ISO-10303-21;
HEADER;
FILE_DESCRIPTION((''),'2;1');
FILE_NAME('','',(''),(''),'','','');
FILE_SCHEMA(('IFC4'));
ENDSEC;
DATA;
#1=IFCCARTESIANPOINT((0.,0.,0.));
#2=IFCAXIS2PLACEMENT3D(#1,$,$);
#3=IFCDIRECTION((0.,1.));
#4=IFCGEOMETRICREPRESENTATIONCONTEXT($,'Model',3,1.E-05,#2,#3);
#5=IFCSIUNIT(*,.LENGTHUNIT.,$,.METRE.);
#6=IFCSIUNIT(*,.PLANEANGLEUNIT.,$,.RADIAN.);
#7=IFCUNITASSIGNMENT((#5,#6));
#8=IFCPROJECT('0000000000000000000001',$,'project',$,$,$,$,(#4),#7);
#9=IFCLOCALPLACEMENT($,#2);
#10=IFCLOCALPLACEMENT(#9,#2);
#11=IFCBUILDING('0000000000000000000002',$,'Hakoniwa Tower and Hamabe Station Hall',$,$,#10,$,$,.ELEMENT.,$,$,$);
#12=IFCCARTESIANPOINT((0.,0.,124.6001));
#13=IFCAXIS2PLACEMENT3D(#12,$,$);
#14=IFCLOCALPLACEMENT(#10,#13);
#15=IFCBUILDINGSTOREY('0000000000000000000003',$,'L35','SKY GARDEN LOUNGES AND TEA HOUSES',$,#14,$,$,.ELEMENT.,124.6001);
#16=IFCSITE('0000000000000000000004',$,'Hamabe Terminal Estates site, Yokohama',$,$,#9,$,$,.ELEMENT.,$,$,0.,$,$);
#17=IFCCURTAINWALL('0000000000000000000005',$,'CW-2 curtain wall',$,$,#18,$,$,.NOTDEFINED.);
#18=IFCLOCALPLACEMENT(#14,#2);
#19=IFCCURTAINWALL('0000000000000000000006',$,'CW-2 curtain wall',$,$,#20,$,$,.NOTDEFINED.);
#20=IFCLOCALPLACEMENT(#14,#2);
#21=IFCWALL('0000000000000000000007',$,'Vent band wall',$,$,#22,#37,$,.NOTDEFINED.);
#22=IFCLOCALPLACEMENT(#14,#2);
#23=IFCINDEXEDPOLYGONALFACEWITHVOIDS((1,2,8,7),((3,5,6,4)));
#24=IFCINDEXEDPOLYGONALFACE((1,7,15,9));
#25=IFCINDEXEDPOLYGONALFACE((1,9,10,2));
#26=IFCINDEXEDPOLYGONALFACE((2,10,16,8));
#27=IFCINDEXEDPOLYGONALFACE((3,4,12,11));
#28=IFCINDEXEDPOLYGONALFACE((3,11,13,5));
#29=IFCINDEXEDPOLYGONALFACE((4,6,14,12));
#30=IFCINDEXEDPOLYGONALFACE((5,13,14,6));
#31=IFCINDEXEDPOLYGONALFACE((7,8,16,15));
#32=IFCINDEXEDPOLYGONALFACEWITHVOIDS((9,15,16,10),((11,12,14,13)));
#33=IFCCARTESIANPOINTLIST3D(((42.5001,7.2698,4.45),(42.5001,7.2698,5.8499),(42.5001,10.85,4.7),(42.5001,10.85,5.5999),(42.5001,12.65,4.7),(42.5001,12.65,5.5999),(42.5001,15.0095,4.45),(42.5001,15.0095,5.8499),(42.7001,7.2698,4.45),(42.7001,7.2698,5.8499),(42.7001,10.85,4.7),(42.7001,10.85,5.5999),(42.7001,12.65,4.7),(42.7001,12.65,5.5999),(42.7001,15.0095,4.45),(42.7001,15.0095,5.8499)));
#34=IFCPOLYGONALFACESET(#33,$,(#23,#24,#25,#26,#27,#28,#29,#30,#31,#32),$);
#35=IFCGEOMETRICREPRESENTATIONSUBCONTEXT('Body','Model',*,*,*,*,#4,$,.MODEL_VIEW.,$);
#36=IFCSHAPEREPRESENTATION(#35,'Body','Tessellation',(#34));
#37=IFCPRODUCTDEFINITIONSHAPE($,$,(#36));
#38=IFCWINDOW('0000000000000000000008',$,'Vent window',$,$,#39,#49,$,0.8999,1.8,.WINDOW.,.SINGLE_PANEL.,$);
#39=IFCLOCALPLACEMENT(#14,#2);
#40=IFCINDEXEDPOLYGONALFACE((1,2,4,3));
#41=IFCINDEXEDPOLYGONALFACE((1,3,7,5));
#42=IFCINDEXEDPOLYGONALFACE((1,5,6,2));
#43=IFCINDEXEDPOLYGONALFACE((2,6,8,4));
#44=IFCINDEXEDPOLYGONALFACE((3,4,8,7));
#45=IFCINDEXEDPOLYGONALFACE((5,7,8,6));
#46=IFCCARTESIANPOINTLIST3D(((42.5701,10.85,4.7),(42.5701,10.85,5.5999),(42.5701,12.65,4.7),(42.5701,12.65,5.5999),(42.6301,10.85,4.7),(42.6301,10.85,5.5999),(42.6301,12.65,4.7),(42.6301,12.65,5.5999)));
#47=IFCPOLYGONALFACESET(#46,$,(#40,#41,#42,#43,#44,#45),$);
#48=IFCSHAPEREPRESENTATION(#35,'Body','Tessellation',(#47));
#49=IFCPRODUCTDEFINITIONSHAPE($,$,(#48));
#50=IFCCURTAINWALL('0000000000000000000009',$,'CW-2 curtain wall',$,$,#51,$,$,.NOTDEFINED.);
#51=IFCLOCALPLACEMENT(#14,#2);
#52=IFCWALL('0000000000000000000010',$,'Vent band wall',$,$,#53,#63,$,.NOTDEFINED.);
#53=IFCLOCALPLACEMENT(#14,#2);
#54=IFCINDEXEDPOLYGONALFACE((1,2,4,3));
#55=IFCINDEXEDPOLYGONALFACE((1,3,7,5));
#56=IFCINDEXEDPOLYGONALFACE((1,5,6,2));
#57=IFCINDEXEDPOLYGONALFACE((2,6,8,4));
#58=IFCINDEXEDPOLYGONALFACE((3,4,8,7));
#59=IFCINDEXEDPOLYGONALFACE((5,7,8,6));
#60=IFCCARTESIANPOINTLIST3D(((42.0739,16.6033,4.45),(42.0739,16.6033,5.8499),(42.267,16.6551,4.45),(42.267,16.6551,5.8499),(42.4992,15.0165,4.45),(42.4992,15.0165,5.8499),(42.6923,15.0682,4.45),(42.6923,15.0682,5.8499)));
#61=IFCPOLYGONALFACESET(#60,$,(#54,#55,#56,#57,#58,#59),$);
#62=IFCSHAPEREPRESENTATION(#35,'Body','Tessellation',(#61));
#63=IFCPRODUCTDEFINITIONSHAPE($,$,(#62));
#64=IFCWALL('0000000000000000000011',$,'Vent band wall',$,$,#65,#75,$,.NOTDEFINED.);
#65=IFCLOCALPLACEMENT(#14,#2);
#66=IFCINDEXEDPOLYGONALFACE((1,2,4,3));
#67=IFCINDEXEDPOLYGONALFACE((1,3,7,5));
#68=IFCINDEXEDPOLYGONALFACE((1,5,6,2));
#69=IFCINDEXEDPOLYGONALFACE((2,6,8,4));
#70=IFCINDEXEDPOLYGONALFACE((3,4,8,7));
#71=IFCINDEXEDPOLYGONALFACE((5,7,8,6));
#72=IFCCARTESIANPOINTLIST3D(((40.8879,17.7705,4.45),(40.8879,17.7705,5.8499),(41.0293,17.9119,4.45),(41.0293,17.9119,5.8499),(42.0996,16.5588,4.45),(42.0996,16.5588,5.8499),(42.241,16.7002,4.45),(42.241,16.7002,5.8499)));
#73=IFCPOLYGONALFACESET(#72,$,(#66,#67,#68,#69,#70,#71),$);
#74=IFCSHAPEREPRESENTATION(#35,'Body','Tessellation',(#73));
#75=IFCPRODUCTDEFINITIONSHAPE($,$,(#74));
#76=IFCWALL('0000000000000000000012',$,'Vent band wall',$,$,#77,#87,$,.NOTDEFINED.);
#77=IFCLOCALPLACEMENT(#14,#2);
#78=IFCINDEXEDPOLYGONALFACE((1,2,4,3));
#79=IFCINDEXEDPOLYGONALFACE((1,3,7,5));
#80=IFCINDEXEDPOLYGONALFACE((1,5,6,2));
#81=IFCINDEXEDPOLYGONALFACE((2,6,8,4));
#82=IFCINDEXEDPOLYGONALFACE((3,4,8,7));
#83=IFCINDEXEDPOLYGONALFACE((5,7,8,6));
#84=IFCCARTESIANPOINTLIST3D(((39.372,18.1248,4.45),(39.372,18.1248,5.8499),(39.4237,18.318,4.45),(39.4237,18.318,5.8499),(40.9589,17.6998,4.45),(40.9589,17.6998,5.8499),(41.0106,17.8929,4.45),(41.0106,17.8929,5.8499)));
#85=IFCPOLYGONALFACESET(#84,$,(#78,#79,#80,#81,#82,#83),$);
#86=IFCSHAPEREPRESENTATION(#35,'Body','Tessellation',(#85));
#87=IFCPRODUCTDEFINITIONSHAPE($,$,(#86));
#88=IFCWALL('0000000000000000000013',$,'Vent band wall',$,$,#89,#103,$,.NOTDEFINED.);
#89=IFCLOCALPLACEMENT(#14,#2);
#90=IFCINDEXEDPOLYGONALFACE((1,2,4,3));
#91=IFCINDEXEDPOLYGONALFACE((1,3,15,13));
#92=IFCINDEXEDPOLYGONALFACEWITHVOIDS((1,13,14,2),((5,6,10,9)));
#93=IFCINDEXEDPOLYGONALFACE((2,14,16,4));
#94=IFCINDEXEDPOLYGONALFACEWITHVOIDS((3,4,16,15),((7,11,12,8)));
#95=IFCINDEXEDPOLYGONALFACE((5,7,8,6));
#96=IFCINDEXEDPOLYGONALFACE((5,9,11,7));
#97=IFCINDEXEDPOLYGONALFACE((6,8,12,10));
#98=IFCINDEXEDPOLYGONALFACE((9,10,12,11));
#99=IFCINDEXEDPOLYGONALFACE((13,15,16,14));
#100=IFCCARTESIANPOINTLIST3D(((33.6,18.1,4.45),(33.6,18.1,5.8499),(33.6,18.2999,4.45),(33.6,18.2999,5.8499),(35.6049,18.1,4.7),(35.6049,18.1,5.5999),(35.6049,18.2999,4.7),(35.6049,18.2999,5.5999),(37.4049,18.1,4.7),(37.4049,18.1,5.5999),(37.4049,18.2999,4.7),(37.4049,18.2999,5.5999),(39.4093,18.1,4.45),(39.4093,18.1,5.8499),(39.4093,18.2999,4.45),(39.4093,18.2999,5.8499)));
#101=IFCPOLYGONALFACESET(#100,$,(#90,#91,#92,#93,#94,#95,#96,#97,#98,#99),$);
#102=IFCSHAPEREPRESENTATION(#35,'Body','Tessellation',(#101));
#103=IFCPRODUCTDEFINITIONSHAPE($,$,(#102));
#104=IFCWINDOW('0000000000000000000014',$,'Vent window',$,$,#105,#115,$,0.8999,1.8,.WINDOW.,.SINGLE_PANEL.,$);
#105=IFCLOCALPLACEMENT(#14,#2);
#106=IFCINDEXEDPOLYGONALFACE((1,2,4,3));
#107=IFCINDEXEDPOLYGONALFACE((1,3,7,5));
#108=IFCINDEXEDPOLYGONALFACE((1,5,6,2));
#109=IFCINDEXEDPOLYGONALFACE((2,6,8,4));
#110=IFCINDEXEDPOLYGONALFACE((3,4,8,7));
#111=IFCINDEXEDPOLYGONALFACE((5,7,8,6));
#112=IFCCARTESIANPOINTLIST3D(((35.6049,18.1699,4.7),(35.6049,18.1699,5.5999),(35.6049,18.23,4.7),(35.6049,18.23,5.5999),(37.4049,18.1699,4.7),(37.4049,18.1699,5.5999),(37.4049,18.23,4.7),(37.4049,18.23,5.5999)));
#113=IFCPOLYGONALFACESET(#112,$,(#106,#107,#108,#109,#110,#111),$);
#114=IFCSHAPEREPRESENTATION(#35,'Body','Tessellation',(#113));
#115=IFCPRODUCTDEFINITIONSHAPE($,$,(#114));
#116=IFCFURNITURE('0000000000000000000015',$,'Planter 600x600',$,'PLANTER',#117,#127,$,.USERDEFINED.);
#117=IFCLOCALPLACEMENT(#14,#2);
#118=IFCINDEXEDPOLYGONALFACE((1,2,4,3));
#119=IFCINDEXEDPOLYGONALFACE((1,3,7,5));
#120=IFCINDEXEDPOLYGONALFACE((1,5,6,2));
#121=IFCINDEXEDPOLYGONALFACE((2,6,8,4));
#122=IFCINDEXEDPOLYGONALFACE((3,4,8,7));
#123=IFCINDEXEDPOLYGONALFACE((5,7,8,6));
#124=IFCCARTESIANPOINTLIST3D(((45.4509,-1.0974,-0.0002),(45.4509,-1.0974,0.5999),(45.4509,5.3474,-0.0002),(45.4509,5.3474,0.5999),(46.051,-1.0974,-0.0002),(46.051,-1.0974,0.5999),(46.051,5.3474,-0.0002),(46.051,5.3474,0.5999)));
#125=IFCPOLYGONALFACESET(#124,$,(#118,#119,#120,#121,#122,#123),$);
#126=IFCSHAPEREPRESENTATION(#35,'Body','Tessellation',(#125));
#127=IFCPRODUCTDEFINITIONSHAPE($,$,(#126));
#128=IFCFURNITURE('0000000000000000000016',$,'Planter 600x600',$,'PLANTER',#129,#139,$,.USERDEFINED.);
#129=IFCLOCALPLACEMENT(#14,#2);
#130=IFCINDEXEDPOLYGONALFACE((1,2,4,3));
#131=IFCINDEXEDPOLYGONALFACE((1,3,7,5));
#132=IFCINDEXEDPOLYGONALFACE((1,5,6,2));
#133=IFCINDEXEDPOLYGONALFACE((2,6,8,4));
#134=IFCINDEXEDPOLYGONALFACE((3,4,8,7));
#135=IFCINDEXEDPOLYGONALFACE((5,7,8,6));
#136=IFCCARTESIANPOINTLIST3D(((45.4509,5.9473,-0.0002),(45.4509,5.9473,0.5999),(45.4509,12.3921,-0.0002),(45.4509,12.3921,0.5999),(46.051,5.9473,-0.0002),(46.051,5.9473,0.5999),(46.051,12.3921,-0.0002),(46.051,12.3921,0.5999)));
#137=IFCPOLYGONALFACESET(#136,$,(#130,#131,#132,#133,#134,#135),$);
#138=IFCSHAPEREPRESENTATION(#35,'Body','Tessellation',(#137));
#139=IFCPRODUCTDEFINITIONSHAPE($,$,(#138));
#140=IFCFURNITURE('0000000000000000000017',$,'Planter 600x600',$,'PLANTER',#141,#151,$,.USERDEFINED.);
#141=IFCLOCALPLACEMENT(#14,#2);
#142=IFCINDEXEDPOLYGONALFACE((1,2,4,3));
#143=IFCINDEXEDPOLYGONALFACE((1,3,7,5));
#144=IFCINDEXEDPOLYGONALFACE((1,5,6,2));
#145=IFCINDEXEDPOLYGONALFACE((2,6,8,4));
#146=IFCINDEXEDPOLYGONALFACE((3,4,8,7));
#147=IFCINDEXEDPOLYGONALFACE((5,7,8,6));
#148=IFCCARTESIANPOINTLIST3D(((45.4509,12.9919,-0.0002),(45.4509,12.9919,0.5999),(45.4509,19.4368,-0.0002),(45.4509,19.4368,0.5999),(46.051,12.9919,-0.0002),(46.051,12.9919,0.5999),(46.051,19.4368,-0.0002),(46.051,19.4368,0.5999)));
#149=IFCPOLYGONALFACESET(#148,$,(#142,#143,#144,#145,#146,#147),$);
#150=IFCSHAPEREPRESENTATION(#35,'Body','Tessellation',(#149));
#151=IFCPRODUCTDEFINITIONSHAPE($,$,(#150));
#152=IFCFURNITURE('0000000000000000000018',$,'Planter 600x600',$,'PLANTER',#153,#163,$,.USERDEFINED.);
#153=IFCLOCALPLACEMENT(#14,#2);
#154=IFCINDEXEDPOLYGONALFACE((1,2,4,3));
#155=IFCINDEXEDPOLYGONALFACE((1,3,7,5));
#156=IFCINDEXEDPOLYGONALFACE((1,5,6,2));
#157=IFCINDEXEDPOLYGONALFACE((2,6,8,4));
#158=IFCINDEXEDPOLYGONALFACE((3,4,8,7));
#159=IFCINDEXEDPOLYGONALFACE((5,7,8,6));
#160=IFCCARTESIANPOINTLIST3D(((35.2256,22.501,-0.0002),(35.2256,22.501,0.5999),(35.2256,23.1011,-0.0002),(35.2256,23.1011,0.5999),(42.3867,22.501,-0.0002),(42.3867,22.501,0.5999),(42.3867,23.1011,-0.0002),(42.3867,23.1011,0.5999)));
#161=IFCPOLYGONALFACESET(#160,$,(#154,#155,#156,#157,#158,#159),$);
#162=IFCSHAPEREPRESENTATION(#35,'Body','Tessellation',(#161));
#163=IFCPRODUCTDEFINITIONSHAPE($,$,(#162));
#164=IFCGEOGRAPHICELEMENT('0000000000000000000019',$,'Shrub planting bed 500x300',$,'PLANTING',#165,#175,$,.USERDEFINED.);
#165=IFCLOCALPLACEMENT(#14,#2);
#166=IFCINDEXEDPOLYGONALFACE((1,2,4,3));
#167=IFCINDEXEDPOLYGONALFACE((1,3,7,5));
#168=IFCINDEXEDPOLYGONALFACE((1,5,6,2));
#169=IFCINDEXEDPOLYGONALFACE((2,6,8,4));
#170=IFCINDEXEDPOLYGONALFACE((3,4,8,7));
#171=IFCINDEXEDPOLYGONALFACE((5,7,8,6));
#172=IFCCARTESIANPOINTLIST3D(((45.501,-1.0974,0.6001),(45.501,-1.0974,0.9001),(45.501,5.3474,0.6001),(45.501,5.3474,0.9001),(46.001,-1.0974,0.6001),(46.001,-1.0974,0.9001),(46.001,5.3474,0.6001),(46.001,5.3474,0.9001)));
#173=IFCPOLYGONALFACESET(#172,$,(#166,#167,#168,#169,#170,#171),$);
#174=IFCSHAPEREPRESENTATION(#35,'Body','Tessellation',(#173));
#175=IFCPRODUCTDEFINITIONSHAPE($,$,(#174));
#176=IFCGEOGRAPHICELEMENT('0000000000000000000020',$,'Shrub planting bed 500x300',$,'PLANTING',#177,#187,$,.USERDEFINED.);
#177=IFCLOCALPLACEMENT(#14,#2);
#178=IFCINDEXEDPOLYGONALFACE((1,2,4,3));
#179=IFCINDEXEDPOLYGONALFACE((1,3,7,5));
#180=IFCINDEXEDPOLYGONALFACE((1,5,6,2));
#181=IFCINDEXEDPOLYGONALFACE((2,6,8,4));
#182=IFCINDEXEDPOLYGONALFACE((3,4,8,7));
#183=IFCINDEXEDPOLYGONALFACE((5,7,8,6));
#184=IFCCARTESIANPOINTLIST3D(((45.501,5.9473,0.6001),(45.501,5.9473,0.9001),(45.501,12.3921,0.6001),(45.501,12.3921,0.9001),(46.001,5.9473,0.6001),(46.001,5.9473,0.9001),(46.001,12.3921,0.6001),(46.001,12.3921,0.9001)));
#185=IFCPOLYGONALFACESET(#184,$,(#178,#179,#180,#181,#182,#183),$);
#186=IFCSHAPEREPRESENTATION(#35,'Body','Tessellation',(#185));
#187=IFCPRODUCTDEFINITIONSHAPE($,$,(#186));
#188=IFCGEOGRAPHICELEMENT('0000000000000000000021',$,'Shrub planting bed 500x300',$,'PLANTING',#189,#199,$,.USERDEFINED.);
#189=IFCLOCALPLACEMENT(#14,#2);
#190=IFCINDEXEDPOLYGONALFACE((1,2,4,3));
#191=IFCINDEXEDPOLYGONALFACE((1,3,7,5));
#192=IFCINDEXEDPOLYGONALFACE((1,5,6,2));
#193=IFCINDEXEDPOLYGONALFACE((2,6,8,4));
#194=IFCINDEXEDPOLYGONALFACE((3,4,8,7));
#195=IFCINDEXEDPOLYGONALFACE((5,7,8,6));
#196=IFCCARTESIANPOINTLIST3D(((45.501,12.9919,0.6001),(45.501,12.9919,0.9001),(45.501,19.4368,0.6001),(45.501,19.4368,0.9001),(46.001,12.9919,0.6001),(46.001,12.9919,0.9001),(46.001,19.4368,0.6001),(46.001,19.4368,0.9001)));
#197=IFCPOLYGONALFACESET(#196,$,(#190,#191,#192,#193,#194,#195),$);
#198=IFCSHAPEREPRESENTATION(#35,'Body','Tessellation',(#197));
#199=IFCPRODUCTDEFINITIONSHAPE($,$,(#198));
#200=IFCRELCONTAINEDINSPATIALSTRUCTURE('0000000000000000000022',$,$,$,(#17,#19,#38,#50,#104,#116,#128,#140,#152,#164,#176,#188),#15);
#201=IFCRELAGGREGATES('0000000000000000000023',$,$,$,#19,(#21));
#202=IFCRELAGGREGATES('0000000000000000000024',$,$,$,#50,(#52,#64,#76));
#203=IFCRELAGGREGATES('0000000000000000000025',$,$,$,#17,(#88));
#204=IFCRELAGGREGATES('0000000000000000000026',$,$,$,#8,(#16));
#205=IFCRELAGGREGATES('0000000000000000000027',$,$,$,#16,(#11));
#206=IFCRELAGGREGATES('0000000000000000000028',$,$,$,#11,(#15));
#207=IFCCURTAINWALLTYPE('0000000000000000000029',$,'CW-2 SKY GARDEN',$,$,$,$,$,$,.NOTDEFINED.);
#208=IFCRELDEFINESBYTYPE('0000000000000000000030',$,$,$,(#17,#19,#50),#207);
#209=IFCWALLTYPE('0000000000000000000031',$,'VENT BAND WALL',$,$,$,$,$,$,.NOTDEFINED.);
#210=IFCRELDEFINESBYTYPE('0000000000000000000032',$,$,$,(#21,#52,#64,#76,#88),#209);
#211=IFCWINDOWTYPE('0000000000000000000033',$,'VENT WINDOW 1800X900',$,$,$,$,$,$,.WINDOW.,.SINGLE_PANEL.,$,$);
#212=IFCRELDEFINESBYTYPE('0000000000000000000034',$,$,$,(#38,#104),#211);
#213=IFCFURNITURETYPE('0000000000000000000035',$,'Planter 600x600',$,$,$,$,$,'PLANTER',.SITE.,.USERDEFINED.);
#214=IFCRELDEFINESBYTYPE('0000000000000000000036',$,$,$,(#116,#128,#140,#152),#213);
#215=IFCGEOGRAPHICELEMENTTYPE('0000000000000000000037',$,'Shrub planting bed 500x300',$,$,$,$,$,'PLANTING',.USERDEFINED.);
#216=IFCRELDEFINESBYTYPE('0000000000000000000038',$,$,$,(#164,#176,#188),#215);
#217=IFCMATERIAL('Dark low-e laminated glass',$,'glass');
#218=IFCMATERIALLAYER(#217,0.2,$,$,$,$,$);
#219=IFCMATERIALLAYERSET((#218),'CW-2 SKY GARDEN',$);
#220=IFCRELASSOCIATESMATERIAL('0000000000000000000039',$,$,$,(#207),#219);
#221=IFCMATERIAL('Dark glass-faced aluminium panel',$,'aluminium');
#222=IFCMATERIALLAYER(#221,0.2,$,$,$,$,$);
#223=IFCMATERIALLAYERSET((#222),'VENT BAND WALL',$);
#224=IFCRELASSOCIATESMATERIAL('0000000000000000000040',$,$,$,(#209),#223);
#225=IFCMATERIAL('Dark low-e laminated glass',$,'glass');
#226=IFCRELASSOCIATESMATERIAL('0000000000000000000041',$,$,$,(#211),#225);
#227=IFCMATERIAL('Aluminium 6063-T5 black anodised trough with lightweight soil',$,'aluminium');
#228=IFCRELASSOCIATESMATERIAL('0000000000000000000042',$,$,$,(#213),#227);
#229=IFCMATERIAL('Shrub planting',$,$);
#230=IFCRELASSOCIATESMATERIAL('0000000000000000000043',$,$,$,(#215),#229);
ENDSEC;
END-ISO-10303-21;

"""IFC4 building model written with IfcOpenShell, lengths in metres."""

from ifc_helpers import new_model, si_unit, direction, frame, frame_2d, origin, origin_2d, place, context, subcontext, project, spatial, rectangle, extrude, material, layer, layer_set, type_object, element, fill, aggregate, save


model = new_model("IFC4")

# Units and contexts
model_context = context("Model", 3, precision=1e-05, world=origin(), true_north=direction((0.0, 1.0)))
body_context = subcontext(model_context, "Body", "Model", "MODEL_VIEW")
ifc_project = project(units=[si_unit("LENGTHUNIT", "METRE"), si_unit("PLANEANGLEUNIT", "RADIAN")], contexts=[model_context])

# Site, building, storey
site_placement = place(None, origin())
site = spatial("IfcSite", under=ifc_project, at=site_placement, Name="Hamabe Terminal Estates site, Yokohama", CompositionType="ELEMENT", RefElevation=0.0)
building_placement = place(site_placement, origin())
building = spatial("IfcBuilding", under=site, at=building_placement, Name="Hakoniwa Tower and Hamabe Station Hall", CompositionType="ELEMENT")
storey_placement = place(building_placement, frame((0.0, 0.0, 124.6001)))
storey = spatial("IfcBuildingStorey", under=building, at=storey_placement, Name="L35", Description="SKY GARDEN LOUNGES AND TEA HOUSES", CompositionType="ELEMENT", Elevation=124.6001)

# Curtain walls
ifc_material_1 = material(Name="Dark low-e laminated glass", Category="glass")
ifc_layer_1 = layer(ifc_material_1, 0.2)
ifc_layer_set_1 = layer_set([ifc_layer_1], Name="CW-2 SKY GARDEN")
curtain_wall_type = type_object("IfcCurtainWallType", Name="CW-2 SKY GARDEN", PredefinedType="NOTDEFINED", material=ifc_layer_set_1)
curtain_wall_1_placement = place(storey_placement, origin())
curtain_wall_1 = element("IfcCurtainWall", 1, at=curtain_wall_1_placement, inside=storey, type_object=curtain_wall_type, Name="CW-2 curtain wall", PredefinedType="NOTDEFINED")
curtain_wall_2_placement = place(storey_placement, origin())
curtain_wall_2 = element("IfcCurtainWall", 2, at=curtain_wall_2_placement, inside=storey, type_object=curtain_wall_type, Name="CW-2 curtain wall", PredefinedType="NOTDEFINED")

# Wall, opening, window
ifc_material_2 = material(Name="Dark glass-faced aluminium panel", Category="aluminium")
ifc_layer_2 = layer(ifc_material_2, 0.2)
ifc_layer_set_2 = layer_set([ifc_layer_2], Name="VENT BAND WALL")
wall_type = type_object("IfcWallType", Name="VENT BAND WALL", PredefinedType="NOTDEFINED", material=ifc_layer_set_2)
wall_1_placement = place(storey_placement, frame((42.6001, 7.2698, 4.45), z_axis=(0.0, 0.0, 1.0), x_axis=(0.0, 1.0, 0.0)))
wall_1 = element("IfcWall", 3, at=wall_1_placement, type_object=wall_type, Name="Vent band wall", PredefinedType="NOTDEFINED", context=body_context, shape_type="SweptSolid", body=[
    extrude(rectangle(XDim=7.7397, YDim=0.2, at=frame_2d((3.8699, 0.0))), origin(), (0.0, 0.0, 1.0), 1.3999),
])
opening_1_placement = place(wall_1_placement, frame((3.5803, 0.0, 0.25)))
opening_1 = element("IfcOpeningElement", 4, at=opening_1_placement, cuts=wall_1, PredefinedType="OPENING", context=body_context, shape_type="SweptSolid", body=[
    extrude(rectangle(XDim=1.8, YDim=0.8999, at=frame_2d((0.8999, 0.45))), frame((0.0, 0.1099, 0.0), z_axis=(0.0, -1.0, 0.0), x_axis=(1.0, 0.0, 0.0)), (0.0, 0.0, 1.0), 0.22),
])
ifc_material_3 = material(Name="Dark low-e laminated glass", Category="glass")
window_type = type_object("IfcWindowType", Name="VENT WINDOW 1800X900", PartitioningType="SINGLE_PANEL", PredefinedType="WINDOW", material=ifc_material_3)
window_1_placement = place(opening_1_placement, origin())
window_1 = element("IfcWindow", 5, at=window_1_placement, inside=storey, type_object=window_type, Name="Vent window", OverallHeight=0.8999, OverallWidth=1.8, PartitioningType="SINGLE_PANEL", PredefinedType="WINDOW", context=body_context, shape_type="SweptSolid", body=[
    extrude(rectangle(XDim=1.8, YDim=0.8999, at=frame_2d((0.8999, 0.45))), frame((0.0, 0.03, 0.0), z_axis=(0.0, -1.0, 0.0), x_axis=(1.0, 0.0, 0.0)), (0.0, 0.0, 1.0), 0.0601),
])
fill(opening_1, window_1)
aggregate(curtain_wall_2, [wall_1])

# Curtain wall, walls
curtain_wall_3_placement = place(storey_placement, origin())
curtain_wall_3 = element("IfcCurtainWall", 6, at=curtain_wall_3_placement, inside=storey, type_object=curtain_wall_type, Name="CW-2 curtain wall", PredefinedType="NOTDEFINED")
wall_2_placement = place(storey_placement, frame((42.5957, 15.0425, 4.45), z_axis=(0.0, 0.0, 1.0), x_axis=(-0.258865, 0.965914, 0.0)))
wall_2 = element("IfcWall", 7, at=wall_2_placement, type_object=wall_type, Name="Vent band wall", PredefinedType="NOTDEFINED", context=body_context, shape_type="SweptSolid", body=[
    extrude(rectangle(XDim=1.6428, YDim=0.2, at=frame_2d((0.8213, 0.0))), origin(), (0.0, 0.0, 1.0), 1.3999),
])
wall_3_placement = place(storey_placement, frame((42.1704, 16.6294, 4.45), z_axis=(0.0, 0.0, 1.0), x_axis=(-0.707107, 0.707107, 0.0)))
wall_3 = element("IfcWall", 8, at=wall_3_placement, type_object=wall_type, Name="Vent band wall", PredefinedType="NOTDEFINED", context=body_context, shape_type="SweptSolid", body=[
    extrude(rectangle(XDim=1.7136, YDim=0.2, at=frame_2d((0.8569, 0.0))), origin(), (0.0, 0.0, 1.0), 1.3999),
])
wall_4_placement = place(storey_placement, frame((40.9846, 17.7964, 4.45), z_axis=(0.0, 0.0, 1.0), x_axis=(-0.965951, 0.258726, 0.0)))
wall_4 = element("IfcWall", 9, at=wall_4_placement, type_object=wall_type, Name="Vent band wall", PredefinedType="NOTDEFINED", context=body_context, shape_type="SweptSolid", body=[
    extrude(rectangle(XDim=1.6428, YDim=0.2, at=frame_2d((0.8213, 0.0))), origin(), (0.0, 0.0, 1.0), 1.3999),
])
aggregate(curtain_wall_3, [wall_2, wall_3, wall_4])

# Wall, opening, window
wall_5_placement = place(storey_placement, frame((39.4094, 18.2, 4.45), z_axis=(0.0, 0.0, 1.0), x_axis=(-1.0, 0.0, 0.0)))
wall_5 = element("IfcWall", 10, at=wall_5_placement, type_object=wall_type, Name="Vent band wall", PredefinedType="NOTDEFINED", context=body_context, shape_type="SweptSolid", body=[
    extrude(rectangle(XDim=5.8093, YDim=0.2, at=frame_2d((2.9048, 0.0))), origin(), (0.0, 0.0, 1.0), 1.3999),
])
opening_2_placement = place(wall_5_placement, frame((2.0046, 0.0, 0.25)))
opening_2 = element("IfcOpeningElement", 11, at=opening_2_placement, cuts=wall_5, PredefinedType="OPENING", context=body_context, shape_type="SweptSolid", body=[
    extrude(rectangle(XDim=1.8, YDim=0.8999, at=frame_2d((0.8999, 0.45))), frame((0.0, 0.1099, 0.0), z_axis=(0.0, -1.0, 0.0), x_axis=(1.0, 0.0, 0.0)), (0.0, 0.0, 1.0), 0.22),
])
window_2_placement = place(opening_2_placement, origin())
window_2 = element("IfcWindow", 12, at=window_2_placement, inside=storey, type_object=window_type, Name="Vent window", OverallHeight=0.8999, OverallWidth=1.8, PartitioningType="SINGLE_PANEL", PredefinedType="WINDOW", context=body_context, shape_type="SweptSolid", body=[
    extrude(rectangle(XDim=1.8, YDim=0.8999, at=frame_2d((0.8999, 0.45))), frame((0.0, 0.03, 0.0), z_axis=(0.0, -1.0, 0.0), x_axis=(1.0, 0.0, 0.0)), (0.0, 0.0, 1.0), 0.0601),
])
fill(opening_2, window_2)
aggregate(curtain_wall_1, [wall_5])

# Furniture
ifc_material_4 = material(Name="Aluminium 6063-T5 black anodised trough with lightweight soil", Category="aluminium")
furniture_type = type_object("IfcFurnitureType", Name="Planter 600x600", ElementType="PLANTER", AssemblyPlace="SITE", PredefinedType="USERDEFINED", material=ifc_material_4)
for number, where, z_axis, x_axis, name in (
    (13, (45.751, 2.125, -0.0002), (0.0, 0.0, 1.0), (0.0, 1.0, 0.0), "Planter 600x600"),
    (14, (45.751, 9.1697, -0.0002), (0.0, 0.0, 1.0), (0.0, 1.0, 0.0), "Planter 600x600"),
    (15, (45.751, 16.2144, -0.0002), (0.0, 0.0, 1.0), (0.0, 1.0, 0.0), "Planter 600x600"),
):
    element("IfcFurniture", number, at=place(storey_placement, frame(where, z_axis=z_axis, x_axis=x_axis)), inside=storey, type_object=furniture_type, Name=name, ObjectType="PLANTER", PredefinedType="USERDEFINED", context=body_context, shape_type="SweptSolid", body=[
        extrude(rectangle(XDim=6.4448, YDim=0.6001, at=origin_2d()), origin(), (0.0, 0.0, 1.0), 0.6001),
    ])
furniture_placement = place(storey_placement, frame((38.8062, 22.801, -0.0002), z_axis=(0.0, 0.0, 1.0), x_axis=(-1.0, 0.0, 0.0)))
element("IfcFurniture", 16, at=furniture_placement, inside=storey, type_object=furniture_type, Name="Planter 600x600", ObjectType="PLANTER", PredefinedType="USERDEFINED", context=body_context, shape_type="SweptSolid", body=[
    extrude(rectangle(XDim=7.1611, YDim=0.6001, at=origin_2d()), origin(), (0.0, 0.0, 1.0), 0.6001),
])

# Geographic elements
ifc_material_5 = material(Name="Shrub planting")
geographic_element_type = type_object("IfcGeographicElementType", Name="Shrub planting bed 500x300", ElementType="PLANTING", PredefinedType="USERDEFINED", material=ifc_material_5)
for number, where, z_axis, x_axis, name in (
    (17, (45.751, 2.125, 0.6001), (0.0, 0.0, 1.0), (0.0, 1.0, 0.0), "Shrub planting bed 500x300"),
    (18, (45.751, 9.1697, 0.6001), (0.0, 0.0, 1.0), (0.0, 1.0, 0.0), "Shrub planting bed 500x300"),
    (19, (45.751, 16.2144, 0.6001), (0.0, 0.0, 1.0), (0.0, 1.0, 0.0), "Shrub planting bed 500x300"),
):
    element("IfcGeographicElement", number, at=place(storey_placement, frame(where, z_axis=z_axis, x_axis=x_axis)), inside=storey, type_object=geographic_element_type, Name=name, ObjectType="PLANTING", PredefinedType="USERDEFINED", context=body_context, shape_type="SweptSolid", body=[
        extrude(rectangle(XDim=6.4448, YDim=0.5, at=origin_2d()), origin(), (0.0, 0.0, 1.0), 0.3),
    ])

save(model, "model.ifc")
